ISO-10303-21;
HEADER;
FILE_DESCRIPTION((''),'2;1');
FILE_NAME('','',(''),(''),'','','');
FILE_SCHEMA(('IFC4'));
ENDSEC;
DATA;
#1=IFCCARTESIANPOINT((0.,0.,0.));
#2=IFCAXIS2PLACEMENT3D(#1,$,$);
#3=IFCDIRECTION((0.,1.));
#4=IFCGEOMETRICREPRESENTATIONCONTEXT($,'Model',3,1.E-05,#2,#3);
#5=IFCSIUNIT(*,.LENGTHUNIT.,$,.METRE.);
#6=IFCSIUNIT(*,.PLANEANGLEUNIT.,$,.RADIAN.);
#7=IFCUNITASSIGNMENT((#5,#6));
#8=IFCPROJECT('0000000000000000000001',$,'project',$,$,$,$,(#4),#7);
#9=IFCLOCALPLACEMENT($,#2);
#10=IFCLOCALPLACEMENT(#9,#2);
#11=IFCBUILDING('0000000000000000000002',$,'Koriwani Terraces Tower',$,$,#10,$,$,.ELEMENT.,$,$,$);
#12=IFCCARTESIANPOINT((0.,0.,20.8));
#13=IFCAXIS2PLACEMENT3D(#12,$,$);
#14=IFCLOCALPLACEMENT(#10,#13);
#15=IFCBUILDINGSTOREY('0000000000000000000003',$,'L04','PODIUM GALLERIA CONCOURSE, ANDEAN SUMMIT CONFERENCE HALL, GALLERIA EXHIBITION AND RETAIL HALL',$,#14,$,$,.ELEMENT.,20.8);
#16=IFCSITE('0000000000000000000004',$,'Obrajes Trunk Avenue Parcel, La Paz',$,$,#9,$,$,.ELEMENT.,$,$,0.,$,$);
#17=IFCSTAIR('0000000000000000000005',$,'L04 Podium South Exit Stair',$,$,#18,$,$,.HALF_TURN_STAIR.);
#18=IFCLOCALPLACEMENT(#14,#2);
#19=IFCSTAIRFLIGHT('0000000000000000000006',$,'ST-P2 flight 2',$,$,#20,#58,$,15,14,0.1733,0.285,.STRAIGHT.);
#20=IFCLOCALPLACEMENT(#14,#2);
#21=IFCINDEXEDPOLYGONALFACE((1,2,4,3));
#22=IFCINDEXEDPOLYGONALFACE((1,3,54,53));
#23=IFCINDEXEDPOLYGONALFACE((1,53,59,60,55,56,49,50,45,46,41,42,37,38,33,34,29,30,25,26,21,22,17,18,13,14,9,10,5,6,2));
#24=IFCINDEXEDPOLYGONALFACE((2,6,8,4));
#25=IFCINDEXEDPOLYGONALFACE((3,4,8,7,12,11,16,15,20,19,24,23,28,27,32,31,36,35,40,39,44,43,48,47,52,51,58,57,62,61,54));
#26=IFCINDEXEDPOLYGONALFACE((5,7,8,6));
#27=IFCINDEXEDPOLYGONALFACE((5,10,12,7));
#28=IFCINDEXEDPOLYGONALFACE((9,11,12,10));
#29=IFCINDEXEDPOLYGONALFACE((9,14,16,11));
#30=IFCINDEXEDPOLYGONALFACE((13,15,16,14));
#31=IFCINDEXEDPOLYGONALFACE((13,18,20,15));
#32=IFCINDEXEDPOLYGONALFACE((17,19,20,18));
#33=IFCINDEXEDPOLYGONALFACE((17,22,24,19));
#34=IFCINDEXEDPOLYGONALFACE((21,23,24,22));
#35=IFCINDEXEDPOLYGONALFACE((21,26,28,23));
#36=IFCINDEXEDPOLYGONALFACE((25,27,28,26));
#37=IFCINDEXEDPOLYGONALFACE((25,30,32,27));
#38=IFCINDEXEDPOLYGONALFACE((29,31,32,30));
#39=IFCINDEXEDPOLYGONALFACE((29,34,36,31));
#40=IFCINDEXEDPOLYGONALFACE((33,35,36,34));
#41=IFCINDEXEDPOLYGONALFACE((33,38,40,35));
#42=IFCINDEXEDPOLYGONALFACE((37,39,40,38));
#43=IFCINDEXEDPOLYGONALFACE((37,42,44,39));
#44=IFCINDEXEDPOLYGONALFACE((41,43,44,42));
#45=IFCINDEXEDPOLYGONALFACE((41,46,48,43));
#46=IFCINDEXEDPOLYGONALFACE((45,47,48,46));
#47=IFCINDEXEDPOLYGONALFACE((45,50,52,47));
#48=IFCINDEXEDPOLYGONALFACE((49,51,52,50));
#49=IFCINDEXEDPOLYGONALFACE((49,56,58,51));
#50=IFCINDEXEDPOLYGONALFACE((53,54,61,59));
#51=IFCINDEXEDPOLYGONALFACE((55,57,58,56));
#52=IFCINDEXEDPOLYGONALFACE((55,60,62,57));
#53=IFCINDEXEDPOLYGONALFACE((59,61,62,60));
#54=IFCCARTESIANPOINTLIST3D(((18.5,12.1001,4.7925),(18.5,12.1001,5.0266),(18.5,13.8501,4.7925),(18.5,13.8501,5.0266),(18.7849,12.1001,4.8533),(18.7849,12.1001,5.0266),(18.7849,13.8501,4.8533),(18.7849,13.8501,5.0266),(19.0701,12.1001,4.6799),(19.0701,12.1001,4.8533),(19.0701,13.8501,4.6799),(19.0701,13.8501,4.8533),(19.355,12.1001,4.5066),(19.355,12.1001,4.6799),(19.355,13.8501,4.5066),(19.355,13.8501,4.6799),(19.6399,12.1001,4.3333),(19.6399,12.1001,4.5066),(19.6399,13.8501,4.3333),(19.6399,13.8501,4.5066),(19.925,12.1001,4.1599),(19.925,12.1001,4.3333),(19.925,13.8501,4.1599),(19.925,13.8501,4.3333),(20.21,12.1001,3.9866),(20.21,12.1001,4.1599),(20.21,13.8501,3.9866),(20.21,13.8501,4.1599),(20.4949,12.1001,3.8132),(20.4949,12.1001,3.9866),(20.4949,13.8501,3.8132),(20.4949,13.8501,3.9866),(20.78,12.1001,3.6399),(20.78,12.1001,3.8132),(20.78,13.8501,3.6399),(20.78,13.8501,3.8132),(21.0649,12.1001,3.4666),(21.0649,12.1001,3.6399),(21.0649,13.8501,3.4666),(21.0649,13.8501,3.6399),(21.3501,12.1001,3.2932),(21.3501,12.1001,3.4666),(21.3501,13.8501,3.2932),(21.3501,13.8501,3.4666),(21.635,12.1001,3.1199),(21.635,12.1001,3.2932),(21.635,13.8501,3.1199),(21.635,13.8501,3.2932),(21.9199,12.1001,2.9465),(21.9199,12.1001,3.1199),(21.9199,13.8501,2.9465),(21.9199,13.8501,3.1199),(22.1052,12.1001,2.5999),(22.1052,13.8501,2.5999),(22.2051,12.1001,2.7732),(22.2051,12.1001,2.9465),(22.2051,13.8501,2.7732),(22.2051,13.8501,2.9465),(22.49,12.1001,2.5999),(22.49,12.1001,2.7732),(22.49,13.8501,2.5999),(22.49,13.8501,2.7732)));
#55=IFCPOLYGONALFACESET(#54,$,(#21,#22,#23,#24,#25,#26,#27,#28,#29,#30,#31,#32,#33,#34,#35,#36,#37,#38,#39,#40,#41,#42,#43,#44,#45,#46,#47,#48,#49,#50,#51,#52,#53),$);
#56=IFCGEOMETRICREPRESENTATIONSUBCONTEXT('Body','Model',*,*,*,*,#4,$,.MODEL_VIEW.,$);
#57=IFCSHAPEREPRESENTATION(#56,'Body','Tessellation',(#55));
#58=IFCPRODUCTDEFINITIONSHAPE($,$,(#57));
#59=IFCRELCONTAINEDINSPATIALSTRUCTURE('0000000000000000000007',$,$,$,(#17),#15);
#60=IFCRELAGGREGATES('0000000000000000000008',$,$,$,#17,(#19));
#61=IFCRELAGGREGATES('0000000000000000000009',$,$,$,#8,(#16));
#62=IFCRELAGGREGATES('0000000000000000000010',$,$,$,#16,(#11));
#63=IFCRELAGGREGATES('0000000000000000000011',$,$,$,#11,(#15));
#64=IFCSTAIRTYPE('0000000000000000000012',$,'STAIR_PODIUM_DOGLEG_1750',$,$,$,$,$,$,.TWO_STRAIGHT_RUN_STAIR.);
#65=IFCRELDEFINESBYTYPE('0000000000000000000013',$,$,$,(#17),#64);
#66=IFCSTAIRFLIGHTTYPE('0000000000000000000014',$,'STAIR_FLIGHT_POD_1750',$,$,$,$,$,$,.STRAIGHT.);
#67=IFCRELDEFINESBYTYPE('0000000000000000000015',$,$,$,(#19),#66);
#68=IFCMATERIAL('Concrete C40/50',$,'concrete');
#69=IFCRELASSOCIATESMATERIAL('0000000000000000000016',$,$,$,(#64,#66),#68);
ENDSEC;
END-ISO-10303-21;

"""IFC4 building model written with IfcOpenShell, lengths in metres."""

from ifc_helpers import new_model, si_unit, direction, frame, origin, place, context, subcontext, project, spatial, polyline, outline, extrude, material, type_object, element, aggregate, save


model = new_model("IFC4")

# Units and contexts
model_context = context("Model", 3, precision=1e-05, world=origin(), true_north=direction((0.0, 1.0)))
body_context = subcontext(model_context, "Body", "Model", "MODEL_VIEW")
ifc_project = project(units=[si_unit("LENGTHUNIT", "METRE"), si_unit("PLANEANGLEUNIT", "RADIAN")], contexts=[model_context])

# Site, building, storey
site_placement = place(None, origin())
site = spatial("IfcSite", under=ifc_project, at=site_placement, Name="Obrajes Trunk Avenue Parcel, La Paz", CompositionType="ELEMENT", RefElevation=0.0)
building_placement = place(site_placement, origin())
building = spatial("IfcBuilding", under=site, at=building_placement, Name="Koriwani Terraces Tower", CompositionType="ELEMENT")
storey_placement = place(building_placement, frame((0.0, 0.0, 20.8)))
storey = spatial("IfcBuildingStorey", under=building, at=storey_placement, Name="L04", Description="PODIUM GALLERIA CONCOURSE, ANDEAN SUMMIT CONFERENCE HALL, GALLERIA EXHIBITION AND RETAIL HALL", CompositionType="ELEMENT", Elevation=20.8)

# Shared definitions
ifc_material_1 = material(Name="Concrete C40/50", Category="concrete")

# Stair, stair flight
stair_type = type_object("IfcStairType", Name="STAIR_PODIUM_DOGLEG_1750", PredefinedType="TWO_STRAIGHT_RUN_STAIR", material=ifc_material_1)
stair_placement = place(storey_placement, origin())
stair = element("IfcStair", 1, at=stair_placement, inside=storey, type_object=stair_type, Name="L04 Podium South Exit Stair", PredefinedType="HALF_TURN_STAIR")
stair_flight_type = type_object("IfcStairFlightType", Name="STAIR_FLIGHT_POD_1750", PredefinedType="STRAIGHT", material=ifc_material_1)
stair_flight_1_placement = place(storey_placement, frame((22.49, 12.9751, 2.5999), z_axis=(0.0, 0.0, 1.0), x_axis=(-1.0, 0.0, 0.0)))
stair_flight_1 = element("IfcStairFlight", 2, at=stair_flight_1_placement, type_object=stair_flight_type, Name="ST-P2 flight 2", NumberOfRisers=15, NumberOfTreads=14, PredefinedType="STRAIGHT", RiserHeight=0.1733, TreadLength=0.285, context=body_context, shape_type="SweptSolid", body=[
    extrude(outline(polyline([(0.0, 0.0), (0.0, 0.1733), (0.2849, 0.1733), (0.2849, 0.3467), (0.5701, 0.3467), (0.5701, 0.52), (0.855, 0.52), (0.855, 0.6934), (1.1399, 0.6934), (1.1399, 0.8667), (1.425, 0.8667), (1.425, 1.04), (1.71, 1.04), (1.71, 1.2134), (1.9951, 1.2134), (1.9951, 1.3867), (2.28, 1.3867), (2.28, 1.5601), (2.5649, 1.5601), (2.5649, 1.7334), (2.8501, 1.7334), (2.8501, 1.9067), (3.135, 1.9067), (3.135, 2.0801), (3.4199, 2.0801), (3.4199, 2.2534), (3.7051, 2.2534), (3.7051, 2.4268), (3.99, 2.4268), (3.99, 2.6001), (3.99, 2.1926), (0.3848, 0.0), (0.0, 0.0)])), frame((0.0, 0.875, 0.0), z_axis=(0.0, -1.0, 0.0), x_axis=(1.0, 0.0, 0.0)), (0.0, 0.0, 1.0), 1.75),
])
aggregate(stair, [stair_flight_1])

save(model, "model.ifc")
